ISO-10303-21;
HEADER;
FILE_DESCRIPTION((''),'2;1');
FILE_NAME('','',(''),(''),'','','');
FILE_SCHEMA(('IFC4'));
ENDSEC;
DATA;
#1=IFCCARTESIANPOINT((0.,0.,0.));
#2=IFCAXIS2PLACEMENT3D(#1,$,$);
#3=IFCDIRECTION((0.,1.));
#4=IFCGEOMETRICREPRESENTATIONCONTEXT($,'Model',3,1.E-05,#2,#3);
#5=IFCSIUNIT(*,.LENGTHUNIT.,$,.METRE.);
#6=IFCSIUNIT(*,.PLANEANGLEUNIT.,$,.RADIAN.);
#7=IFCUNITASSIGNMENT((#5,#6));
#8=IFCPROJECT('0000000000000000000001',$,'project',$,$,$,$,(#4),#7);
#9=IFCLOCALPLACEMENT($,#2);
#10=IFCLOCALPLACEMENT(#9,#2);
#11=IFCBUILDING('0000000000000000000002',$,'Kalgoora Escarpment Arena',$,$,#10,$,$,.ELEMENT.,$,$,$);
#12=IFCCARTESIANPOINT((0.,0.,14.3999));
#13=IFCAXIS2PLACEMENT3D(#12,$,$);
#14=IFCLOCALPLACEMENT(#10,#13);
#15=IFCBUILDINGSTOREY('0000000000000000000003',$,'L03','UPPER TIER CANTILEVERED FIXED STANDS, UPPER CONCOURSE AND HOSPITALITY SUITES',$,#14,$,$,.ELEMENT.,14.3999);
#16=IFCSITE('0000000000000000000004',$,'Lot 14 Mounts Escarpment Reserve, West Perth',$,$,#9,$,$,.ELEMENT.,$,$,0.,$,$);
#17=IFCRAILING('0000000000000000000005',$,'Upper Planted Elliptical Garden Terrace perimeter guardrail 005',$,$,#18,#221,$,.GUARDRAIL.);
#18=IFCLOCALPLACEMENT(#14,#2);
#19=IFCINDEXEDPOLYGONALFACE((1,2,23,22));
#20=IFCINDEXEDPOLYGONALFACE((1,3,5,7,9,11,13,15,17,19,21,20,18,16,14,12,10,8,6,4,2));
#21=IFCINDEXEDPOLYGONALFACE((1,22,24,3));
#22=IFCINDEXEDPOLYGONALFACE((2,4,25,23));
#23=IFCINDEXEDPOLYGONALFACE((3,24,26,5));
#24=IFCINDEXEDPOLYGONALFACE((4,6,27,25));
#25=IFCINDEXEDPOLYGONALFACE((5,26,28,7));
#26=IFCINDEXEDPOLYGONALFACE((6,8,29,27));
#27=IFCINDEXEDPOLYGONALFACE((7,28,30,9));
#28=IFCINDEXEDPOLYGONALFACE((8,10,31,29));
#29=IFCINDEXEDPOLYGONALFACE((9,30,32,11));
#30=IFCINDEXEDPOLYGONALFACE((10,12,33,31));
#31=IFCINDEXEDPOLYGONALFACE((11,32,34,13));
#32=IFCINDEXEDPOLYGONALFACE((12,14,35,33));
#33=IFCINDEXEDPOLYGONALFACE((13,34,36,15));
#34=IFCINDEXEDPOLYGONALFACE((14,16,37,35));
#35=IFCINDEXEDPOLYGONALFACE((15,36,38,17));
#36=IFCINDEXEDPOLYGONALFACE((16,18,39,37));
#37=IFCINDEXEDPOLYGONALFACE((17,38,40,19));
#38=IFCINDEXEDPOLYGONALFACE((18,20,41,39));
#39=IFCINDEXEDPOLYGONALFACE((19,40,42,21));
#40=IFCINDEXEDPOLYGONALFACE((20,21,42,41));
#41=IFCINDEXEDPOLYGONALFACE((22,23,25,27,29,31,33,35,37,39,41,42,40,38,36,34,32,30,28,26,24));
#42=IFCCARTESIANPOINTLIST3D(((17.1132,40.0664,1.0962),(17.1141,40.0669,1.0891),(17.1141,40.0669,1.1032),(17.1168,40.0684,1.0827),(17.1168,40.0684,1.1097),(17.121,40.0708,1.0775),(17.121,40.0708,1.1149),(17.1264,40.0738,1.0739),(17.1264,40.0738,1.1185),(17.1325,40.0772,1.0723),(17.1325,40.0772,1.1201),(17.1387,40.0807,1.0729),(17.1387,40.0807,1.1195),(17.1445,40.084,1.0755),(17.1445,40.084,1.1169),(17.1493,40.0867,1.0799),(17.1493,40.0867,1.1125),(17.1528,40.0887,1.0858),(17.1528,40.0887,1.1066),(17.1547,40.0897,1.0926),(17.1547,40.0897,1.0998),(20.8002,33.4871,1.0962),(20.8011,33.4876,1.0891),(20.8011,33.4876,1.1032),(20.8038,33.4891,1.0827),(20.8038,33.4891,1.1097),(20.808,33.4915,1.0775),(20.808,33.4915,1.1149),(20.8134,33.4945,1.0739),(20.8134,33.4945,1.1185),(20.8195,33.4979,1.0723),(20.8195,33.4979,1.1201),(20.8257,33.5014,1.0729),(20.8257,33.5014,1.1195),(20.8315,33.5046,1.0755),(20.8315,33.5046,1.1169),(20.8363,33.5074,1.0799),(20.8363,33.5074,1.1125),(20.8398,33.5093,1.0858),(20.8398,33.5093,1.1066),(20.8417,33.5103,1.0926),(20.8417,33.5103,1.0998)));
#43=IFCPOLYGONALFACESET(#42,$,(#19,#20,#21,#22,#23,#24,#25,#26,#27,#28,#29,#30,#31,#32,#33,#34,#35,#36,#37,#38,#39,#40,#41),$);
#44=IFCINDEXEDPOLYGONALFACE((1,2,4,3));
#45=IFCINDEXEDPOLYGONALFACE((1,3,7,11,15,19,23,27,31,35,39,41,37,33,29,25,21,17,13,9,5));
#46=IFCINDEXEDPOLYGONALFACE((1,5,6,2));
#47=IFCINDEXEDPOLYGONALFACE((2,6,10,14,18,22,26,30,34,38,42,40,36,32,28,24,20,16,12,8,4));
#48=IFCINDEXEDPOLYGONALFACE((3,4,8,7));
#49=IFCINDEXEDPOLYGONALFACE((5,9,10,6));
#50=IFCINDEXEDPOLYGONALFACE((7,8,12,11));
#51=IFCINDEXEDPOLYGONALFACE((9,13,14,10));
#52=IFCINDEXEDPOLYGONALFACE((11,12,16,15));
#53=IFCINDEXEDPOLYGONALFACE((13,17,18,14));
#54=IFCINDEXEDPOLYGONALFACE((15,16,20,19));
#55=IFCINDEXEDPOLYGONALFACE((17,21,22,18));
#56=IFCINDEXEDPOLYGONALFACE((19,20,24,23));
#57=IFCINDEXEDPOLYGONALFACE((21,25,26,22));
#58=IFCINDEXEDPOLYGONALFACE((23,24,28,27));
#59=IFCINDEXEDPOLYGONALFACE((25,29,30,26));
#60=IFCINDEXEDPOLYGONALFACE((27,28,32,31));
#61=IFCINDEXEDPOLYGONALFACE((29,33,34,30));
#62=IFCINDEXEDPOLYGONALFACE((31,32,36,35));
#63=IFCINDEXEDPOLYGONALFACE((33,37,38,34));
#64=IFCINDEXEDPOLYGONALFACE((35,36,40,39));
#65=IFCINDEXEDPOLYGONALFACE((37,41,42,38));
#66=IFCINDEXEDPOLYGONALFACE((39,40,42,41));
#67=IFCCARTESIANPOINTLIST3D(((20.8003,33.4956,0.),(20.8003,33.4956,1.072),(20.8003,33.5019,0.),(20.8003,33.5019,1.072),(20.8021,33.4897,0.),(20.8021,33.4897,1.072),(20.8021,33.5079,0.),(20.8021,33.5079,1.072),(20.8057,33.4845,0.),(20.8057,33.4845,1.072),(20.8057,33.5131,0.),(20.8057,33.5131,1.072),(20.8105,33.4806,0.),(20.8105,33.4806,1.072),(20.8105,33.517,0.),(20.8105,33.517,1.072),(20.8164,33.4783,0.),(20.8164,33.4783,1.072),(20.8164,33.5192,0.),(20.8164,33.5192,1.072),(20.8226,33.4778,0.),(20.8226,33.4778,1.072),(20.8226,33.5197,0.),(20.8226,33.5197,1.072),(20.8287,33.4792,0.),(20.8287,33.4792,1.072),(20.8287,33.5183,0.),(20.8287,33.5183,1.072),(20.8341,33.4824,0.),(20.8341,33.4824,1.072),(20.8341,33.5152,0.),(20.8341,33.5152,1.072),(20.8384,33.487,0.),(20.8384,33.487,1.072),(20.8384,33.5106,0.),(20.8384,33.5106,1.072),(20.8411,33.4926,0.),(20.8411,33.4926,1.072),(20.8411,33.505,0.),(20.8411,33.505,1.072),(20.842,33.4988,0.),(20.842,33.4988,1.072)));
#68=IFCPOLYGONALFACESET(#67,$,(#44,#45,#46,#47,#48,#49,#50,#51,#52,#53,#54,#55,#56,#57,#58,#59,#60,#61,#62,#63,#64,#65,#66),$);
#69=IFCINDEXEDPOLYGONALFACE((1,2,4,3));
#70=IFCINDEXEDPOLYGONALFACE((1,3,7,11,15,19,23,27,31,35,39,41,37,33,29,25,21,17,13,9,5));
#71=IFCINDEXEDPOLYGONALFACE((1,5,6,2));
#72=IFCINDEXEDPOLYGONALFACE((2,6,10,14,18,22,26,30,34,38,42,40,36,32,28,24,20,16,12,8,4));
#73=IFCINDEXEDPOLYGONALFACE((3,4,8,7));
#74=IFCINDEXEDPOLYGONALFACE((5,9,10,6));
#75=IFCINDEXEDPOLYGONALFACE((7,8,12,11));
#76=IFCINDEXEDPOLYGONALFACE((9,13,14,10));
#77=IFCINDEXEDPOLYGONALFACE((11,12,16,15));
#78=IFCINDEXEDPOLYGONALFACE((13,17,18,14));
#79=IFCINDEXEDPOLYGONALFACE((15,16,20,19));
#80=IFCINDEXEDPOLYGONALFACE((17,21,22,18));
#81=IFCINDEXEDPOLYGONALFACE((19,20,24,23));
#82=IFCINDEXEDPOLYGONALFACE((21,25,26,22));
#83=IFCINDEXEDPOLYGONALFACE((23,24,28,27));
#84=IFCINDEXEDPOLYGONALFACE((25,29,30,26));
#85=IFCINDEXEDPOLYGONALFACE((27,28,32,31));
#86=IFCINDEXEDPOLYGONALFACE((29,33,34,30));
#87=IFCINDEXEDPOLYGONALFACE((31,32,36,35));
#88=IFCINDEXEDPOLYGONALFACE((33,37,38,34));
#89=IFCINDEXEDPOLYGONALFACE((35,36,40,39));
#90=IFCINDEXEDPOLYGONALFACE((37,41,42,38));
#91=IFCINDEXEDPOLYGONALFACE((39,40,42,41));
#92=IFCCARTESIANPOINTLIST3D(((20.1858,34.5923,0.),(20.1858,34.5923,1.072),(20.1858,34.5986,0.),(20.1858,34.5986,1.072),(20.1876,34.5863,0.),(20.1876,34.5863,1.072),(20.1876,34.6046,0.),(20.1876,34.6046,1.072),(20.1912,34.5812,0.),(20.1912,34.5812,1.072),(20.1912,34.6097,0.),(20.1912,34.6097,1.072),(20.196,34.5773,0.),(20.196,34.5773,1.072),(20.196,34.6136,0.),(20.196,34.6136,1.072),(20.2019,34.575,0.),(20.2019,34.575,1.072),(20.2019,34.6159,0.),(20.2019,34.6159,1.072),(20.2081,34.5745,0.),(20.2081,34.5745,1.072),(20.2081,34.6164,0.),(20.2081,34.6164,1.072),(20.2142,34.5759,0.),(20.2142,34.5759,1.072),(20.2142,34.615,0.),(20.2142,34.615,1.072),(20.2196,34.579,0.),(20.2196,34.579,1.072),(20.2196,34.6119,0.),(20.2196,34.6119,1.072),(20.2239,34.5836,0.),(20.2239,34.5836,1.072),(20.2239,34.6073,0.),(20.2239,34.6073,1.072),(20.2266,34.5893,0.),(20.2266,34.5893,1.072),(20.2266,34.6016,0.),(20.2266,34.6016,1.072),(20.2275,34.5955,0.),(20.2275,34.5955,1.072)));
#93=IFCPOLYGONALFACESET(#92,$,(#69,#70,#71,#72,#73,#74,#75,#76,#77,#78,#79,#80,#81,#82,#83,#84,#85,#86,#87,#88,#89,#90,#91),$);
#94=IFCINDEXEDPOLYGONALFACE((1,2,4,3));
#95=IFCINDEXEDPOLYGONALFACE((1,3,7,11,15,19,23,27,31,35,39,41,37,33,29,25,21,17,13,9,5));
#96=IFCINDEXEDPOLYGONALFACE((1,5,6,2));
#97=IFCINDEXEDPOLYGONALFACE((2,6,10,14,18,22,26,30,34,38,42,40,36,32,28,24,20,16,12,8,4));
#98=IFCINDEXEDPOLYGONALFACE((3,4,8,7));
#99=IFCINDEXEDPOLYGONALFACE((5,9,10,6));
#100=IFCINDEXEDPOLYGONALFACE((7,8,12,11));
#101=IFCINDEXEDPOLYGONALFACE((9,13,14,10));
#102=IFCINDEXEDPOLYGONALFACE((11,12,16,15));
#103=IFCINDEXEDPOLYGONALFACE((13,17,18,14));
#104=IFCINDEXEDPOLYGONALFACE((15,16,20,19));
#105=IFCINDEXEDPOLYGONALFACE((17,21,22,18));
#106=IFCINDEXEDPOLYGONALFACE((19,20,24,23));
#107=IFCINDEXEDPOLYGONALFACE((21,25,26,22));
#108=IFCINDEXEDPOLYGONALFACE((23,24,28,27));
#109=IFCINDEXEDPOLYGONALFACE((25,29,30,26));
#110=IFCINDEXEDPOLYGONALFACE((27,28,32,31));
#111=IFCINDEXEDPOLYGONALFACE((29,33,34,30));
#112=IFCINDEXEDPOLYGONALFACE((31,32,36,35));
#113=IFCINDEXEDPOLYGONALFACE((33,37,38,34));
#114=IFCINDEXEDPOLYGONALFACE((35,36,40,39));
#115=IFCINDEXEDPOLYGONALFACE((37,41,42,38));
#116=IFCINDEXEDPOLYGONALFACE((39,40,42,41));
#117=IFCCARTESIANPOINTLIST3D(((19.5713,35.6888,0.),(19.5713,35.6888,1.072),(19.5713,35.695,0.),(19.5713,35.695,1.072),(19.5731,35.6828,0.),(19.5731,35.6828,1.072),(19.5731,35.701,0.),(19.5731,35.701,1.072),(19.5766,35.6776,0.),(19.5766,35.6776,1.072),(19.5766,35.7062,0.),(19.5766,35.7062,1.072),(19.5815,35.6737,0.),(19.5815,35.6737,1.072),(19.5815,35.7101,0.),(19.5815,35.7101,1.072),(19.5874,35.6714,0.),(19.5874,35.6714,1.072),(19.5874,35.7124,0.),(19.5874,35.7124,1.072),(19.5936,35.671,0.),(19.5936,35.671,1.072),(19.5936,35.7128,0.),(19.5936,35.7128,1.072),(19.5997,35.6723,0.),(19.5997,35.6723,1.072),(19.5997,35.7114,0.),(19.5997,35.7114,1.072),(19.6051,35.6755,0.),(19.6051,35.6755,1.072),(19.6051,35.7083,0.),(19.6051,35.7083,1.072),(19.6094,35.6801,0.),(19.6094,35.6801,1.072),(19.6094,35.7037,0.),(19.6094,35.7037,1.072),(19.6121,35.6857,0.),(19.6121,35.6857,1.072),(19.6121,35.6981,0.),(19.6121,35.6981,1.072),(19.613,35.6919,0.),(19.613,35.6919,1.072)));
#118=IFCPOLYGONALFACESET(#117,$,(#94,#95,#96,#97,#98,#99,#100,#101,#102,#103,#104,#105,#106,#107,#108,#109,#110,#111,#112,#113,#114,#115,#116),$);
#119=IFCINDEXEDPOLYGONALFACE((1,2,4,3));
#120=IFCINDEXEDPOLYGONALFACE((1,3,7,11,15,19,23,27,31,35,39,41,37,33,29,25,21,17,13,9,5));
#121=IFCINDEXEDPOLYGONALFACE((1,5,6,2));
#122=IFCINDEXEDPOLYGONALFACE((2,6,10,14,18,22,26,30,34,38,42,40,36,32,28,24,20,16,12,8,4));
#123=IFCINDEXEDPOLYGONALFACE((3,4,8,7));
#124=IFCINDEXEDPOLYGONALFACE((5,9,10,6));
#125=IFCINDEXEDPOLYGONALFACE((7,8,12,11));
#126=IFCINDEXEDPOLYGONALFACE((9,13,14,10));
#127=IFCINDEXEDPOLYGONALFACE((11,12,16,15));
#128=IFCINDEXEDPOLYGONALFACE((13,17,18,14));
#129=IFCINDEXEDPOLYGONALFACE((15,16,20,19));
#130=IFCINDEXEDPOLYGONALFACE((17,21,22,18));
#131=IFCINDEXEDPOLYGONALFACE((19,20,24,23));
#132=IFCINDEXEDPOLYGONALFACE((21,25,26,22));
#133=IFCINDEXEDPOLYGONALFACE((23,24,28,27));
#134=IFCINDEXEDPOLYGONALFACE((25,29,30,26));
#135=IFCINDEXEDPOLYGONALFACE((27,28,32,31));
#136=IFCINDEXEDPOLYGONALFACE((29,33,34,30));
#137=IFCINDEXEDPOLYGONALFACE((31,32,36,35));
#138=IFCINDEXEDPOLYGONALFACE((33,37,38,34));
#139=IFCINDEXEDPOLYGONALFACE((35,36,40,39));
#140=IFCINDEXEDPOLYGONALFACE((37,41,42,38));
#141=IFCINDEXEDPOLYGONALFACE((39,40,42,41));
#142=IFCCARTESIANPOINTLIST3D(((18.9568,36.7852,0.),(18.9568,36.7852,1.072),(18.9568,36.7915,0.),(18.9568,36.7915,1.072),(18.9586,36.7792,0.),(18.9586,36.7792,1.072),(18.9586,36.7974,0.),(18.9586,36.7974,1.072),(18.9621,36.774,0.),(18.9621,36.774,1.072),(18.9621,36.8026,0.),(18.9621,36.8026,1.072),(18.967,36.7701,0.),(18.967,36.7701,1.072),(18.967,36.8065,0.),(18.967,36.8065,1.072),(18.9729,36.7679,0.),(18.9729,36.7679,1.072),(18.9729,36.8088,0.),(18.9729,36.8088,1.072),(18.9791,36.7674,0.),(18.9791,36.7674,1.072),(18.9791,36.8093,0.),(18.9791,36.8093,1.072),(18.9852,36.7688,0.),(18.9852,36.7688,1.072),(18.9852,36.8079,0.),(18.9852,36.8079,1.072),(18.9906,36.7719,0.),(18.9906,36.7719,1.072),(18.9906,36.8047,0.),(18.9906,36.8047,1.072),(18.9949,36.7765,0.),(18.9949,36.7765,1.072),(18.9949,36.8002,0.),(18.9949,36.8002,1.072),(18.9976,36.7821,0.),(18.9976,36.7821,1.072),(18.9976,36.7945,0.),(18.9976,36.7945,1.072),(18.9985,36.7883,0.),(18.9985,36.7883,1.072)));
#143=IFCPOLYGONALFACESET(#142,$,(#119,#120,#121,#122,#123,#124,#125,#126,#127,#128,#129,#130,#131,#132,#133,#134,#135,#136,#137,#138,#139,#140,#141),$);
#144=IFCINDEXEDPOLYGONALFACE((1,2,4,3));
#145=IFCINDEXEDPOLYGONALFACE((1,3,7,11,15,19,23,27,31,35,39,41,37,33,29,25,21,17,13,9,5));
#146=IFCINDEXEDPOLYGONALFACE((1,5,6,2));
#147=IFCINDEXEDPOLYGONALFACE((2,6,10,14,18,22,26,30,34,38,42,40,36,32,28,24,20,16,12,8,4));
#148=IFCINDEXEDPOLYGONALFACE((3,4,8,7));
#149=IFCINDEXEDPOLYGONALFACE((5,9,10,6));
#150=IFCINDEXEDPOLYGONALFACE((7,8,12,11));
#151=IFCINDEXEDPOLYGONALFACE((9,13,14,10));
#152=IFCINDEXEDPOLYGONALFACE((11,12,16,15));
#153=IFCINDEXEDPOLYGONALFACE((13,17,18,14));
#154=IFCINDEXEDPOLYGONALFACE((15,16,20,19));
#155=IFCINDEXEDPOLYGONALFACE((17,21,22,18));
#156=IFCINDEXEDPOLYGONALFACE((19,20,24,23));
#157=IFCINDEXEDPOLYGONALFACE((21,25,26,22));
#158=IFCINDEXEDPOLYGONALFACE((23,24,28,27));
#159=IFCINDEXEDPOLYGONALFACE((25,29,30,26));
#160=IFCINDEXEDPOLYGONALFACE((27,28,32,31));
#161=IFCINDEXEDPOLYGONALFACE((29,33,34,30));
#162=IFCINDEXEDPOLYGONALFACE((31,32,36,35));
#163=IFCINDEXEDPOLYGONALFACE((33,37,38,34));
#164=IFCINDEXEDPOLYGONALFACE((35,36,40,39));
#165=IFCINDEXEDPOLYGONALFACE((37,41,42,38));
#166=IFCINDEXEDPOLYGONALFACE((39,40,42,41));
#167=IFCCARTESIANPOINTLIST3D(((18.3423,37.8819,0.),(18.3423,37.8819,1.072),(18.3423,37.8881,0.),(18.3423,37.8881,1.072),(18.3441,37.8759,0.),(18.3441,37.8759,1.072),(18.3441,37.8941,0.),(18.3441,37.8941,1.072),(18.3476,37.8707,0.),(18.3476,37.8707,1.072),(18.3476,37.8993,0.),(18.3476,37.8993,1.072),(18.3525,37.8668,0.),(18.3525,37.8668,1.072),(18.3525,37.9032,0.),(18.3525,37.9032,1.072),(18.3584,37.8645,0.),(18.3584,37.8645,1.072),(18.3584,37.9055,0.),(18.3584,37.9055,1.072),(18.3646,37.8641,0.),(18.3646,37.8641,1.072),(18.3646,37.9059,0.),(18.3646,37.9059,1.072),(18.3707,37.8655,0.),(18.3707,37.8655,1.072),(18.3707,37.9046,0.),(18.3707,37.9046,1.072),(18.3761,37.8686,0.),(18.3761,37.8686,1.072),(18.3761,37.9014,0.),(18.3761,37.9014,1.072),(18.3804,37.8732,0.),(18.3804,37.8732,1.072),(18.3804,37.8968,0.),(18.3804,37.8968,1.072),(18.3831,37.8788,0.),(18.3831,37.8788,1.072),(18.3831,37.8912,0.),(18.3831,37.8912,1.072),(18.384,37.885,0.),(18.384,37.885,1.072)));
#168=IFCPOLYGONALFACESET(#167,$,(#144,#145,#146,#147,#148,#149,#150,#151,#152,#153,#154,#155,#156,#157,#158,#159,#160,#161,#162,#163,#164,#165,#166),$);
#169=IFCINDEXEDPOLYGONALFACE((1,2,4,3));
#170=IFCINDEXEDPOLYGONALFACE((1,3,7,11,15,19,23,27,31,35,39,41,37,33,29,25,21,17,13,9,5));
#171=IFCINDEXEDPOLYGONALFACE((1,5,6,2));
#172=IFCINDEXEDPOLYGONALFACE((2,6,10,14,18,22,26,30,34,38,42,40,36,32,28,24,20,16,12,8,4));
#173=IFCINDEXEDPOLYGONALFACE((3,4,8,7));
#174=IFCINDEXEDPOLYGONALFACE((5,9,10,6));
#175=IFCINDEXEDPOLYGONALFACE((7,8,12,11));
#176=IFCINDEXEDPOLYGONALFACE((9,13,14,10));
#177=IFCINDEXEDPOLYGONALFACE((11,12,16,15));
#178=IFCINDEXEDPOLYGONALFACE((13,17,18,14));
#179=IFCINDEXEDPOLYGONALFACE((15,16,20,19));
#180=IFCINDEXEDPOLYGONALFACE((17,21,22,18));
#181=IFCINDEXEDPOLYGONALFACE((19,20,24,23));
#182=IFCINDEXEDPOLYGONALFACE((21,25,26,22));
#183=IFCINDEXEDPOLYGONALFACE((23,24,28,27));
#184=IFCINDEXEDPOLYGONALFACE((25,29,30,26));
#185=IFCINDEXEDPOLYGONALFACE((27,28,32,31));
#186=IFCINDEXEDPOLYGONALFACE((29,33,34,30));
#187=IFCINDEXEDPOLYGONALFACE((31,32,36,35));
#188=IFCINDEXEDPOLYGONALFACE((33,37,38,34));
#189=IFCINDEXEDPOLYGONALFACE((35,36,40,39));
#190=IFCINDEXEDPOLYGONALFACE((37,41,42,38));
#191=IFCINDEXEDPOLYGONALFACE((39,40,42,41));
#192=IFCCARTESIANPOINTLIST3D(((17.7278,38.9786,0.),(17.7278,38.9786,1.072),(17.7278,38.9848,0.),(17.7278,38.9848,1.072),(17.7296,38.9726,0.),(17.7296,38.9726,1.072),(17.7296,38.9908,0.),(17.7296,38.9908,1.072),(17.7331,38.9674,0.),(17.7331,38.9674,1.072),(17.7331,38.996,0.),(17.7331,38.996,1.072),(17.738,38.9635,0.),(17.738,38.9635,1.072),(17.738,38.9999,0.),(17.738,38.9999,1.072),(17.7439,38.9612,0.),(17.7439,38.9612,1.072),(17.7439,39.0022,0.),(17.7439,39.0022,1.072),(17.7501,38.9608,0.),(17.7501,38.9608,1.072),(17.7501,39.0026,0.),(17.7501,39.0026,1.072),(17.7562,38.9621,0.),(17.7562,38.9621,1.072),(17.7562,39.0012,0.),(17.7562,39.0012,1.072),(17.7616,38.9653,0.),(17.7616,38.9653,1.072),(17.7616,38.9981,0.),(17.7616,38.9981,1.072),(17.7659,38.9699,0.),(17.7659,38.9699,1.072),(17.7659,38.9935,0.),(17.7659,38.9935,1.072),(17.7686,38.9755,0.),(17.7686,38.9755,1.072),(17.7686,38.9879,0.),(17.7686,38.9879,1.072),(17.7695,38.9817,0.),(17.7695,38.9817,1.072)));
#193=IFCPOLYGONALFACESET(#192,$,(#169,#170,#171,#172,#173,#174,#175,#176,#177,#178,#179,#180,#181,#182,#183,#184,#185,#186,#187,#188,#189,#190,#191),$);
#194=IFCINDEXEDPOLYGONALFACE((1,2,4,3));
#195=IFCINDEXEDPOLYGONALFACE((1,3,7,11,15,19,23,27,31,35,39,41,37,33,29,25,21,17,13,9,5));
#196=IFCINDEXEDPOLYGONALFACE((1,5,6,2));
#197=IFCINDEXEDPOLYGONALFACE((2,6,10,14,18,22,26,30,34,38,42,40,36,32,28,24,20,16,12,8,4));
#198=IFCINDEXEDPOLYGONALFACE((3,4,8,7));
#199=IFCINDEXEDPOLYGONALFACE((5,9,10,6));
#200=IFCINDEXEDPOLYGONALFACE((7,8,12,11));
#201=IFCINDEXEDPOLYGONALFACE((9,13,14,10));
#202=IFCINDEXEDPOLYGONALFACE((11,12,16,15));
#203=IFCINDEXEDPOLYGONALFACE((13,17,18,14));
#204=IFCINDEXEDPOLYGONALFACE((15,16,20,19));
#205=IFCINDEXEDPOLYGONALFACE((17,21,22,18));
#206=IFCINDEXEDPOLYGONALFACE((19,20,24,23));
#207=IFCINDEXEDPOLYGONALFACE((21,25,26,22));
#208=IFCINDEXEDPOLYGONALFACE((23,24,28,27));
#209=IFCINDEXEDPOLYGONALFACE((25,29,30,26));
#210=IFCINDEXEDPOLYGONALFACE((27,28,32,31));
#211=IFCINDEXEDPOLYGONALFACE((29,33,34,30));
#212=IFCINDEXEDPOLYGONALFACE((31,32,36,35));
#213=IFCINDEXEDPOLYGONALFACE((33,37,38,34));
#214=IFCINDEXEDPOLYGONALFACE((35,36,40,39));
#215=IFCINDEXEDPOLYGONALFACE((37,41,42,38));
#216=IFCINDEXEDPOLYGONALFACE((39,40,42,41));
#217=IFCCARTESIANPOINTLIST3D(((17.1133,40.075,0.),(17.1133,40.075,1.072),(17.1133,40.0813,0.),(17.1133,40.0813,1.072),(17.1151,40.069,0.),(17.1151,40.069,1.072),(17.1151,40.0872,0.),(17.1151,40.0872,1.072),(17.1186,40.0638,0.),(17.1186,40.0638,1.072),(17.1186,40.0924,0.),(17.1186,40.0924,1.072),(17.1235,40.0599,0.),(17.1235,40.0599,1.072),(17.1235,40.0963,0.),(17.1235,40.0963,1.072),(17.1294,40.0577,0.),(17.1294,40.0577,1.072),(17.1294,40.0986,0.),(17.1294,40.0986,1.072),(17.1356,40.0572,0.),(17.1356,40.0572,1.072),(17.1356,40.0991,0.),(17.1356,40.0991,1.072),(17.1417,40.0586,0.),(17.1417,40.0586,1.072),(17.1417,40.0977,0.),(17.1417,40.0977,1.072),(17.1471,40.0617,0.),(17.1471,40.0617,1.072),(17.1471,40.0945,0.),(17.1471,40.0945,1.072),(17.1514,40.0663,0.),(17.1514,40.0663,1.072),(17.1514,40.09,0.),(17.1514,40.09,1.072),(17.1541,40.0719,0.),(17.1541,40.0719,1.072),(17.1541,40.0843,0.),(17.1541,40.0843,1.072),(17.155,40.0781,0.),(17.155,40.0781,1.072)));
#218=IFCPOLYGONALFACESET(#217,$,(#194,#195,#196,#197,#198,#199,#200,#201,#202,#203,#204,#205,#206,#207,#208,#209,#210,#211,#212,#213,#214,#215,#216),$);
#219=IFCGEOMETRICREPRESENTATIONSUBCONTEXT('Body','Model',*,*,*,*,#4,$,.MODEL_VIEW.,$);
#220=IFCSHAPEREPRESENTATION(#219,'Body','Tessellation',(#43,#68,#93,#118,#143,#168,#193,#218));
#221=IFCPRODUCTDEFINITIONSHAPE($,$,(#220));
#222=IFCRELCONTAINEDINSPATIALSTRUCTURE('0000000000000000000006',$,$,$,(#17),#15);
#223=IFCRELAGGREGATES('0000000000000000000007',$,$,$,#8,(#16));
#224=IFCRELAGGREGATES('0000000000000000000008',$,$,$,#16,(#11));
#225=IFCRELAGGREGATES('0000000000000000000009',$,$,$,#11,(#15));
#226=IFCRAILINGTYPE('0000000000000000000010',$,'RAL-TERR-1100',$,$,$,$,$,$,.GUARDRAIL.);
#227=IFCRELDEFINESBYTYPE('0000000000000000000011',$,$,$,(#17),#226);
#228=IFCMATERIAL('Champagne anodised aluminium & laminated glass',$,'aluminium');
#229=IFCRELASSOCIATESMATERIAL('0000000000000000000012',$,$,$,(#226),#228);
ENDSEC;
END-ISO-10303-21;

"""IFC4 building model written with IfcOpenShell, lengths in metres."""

from ifc_helpers import new_model, si_unit, direction, frame, origin, origin_2d, place, context, subcontext, project, spatial, circle, extrude, material, type_object, element, save


model = new_model("IFC4")

# Units and contexts
model_context = context("Model", 3, precision=1e-05, world=origin(), true_north=direction((0.0, 1.0)))
body_context = subcontext(model_context, "Body", "Model", "MODEL_VIEW")
ifc_project = project(units=[si_unit("LENGTHUNIT", "METRE"), si_unit("PLANEANGLEUNIT", "RADIAN")], contexts=[model_context])

# Site, building, storey
site_placement = place(None, origin())
site = spatial("IfcSite", under=ifc_project, at=site_placement, Name="Lot 14 Mounts Escarpment Reserve, West Perth", CompositionType="ELEMENT", RefElevation=0.0)
building_placement = place(site_placement, origin())
building = spatial("IfcBuilding", under=site, at=building_placement, Name="Kalgoora Escarpment Arena", CompositionType="ELEMENT")
storey_placement = place(building_placement, frame((0.0, 0.0, 14.3999)))
storey = spatial("IfcBuildingStorey", under=building, at=storey_placement, Name="L03", Description="UPPER TIER CANTILEVERED FIXED STANDS, UPPER CONCOURSE AND HOSPITALITY SUITES", CompositionType="ELEMENT", Elevation=14.3999)

# Railing
ifc_material_1 = material(Name="Champagne anodised aluminium & laminated glass", Category="aluminium")
railing_type = type_object("IfcRailingType", Name="RAL-TERR-1100", PredefinedType="GUARDRAIL", material=ifc_material_1)
railing_1_placement = place(storey_placement, frame((20.821, 33.4988, 0.0)))
element("IfcRailing", 1, at=railing_1_placement, inside=storey, type_object=railing_type, Name="Upper Planted Elliptical Garden Terrace perimeter guardrail 005", PredefinedType="GUARDRAIL", context=body_context, shape_type="SweptSolid", body=[
    extrude(circle(Radius=0.0239, at=origin_2d()), frame((0.0, 0.0, 1.0962), z_axis=(-0.488864, 0.87236, 0.0), x_axis=(-0.87236, -0.488864, 0.0)), (0.0, 0.0, 1.0), 7.542),
    extrude(circle(Radius=0.021, at=origin_2d()), origin(), (0.0, 0.0, 1.0), 1.072),
    extrude(circle(Radius=0.021, at=origin_2d()), frame((-0.6145, 1.0967, 0.0)), (0.0, 0.0, 1.0), 1.072),
    extrude(circle(Radius=0.021, at=origin_2d()), frame((-1.229, 2.1931, 0.0)), (0.0, 0.0, 1.0), 1.072),
    extrude(circle(Radius=0.021, at=origin_2d()), frame((-1.8435, 3.2896, 0.0)), (0.0, 0.0, 1.0), 1.072),
    extrude(circle(Radius=0.021, at=origin_2d()), frame((-2.458, 4.3862, 0.0)), (0.0, 0.0, 1.0), 1.072),
    extrude(circle(Radius=0.021, at=origin_2d()), frame((-3.0725, 5.4829, 0.0)), (0.0, 0.0, 1.0), 1.072),
    extrude(circle(Radius=0.021, at=origin_2d()), frame((-3.687, 6.5793, 0.0)), (0.0, 0.0, 1.0), 1.072),
])

save(model, "model.ifc")
